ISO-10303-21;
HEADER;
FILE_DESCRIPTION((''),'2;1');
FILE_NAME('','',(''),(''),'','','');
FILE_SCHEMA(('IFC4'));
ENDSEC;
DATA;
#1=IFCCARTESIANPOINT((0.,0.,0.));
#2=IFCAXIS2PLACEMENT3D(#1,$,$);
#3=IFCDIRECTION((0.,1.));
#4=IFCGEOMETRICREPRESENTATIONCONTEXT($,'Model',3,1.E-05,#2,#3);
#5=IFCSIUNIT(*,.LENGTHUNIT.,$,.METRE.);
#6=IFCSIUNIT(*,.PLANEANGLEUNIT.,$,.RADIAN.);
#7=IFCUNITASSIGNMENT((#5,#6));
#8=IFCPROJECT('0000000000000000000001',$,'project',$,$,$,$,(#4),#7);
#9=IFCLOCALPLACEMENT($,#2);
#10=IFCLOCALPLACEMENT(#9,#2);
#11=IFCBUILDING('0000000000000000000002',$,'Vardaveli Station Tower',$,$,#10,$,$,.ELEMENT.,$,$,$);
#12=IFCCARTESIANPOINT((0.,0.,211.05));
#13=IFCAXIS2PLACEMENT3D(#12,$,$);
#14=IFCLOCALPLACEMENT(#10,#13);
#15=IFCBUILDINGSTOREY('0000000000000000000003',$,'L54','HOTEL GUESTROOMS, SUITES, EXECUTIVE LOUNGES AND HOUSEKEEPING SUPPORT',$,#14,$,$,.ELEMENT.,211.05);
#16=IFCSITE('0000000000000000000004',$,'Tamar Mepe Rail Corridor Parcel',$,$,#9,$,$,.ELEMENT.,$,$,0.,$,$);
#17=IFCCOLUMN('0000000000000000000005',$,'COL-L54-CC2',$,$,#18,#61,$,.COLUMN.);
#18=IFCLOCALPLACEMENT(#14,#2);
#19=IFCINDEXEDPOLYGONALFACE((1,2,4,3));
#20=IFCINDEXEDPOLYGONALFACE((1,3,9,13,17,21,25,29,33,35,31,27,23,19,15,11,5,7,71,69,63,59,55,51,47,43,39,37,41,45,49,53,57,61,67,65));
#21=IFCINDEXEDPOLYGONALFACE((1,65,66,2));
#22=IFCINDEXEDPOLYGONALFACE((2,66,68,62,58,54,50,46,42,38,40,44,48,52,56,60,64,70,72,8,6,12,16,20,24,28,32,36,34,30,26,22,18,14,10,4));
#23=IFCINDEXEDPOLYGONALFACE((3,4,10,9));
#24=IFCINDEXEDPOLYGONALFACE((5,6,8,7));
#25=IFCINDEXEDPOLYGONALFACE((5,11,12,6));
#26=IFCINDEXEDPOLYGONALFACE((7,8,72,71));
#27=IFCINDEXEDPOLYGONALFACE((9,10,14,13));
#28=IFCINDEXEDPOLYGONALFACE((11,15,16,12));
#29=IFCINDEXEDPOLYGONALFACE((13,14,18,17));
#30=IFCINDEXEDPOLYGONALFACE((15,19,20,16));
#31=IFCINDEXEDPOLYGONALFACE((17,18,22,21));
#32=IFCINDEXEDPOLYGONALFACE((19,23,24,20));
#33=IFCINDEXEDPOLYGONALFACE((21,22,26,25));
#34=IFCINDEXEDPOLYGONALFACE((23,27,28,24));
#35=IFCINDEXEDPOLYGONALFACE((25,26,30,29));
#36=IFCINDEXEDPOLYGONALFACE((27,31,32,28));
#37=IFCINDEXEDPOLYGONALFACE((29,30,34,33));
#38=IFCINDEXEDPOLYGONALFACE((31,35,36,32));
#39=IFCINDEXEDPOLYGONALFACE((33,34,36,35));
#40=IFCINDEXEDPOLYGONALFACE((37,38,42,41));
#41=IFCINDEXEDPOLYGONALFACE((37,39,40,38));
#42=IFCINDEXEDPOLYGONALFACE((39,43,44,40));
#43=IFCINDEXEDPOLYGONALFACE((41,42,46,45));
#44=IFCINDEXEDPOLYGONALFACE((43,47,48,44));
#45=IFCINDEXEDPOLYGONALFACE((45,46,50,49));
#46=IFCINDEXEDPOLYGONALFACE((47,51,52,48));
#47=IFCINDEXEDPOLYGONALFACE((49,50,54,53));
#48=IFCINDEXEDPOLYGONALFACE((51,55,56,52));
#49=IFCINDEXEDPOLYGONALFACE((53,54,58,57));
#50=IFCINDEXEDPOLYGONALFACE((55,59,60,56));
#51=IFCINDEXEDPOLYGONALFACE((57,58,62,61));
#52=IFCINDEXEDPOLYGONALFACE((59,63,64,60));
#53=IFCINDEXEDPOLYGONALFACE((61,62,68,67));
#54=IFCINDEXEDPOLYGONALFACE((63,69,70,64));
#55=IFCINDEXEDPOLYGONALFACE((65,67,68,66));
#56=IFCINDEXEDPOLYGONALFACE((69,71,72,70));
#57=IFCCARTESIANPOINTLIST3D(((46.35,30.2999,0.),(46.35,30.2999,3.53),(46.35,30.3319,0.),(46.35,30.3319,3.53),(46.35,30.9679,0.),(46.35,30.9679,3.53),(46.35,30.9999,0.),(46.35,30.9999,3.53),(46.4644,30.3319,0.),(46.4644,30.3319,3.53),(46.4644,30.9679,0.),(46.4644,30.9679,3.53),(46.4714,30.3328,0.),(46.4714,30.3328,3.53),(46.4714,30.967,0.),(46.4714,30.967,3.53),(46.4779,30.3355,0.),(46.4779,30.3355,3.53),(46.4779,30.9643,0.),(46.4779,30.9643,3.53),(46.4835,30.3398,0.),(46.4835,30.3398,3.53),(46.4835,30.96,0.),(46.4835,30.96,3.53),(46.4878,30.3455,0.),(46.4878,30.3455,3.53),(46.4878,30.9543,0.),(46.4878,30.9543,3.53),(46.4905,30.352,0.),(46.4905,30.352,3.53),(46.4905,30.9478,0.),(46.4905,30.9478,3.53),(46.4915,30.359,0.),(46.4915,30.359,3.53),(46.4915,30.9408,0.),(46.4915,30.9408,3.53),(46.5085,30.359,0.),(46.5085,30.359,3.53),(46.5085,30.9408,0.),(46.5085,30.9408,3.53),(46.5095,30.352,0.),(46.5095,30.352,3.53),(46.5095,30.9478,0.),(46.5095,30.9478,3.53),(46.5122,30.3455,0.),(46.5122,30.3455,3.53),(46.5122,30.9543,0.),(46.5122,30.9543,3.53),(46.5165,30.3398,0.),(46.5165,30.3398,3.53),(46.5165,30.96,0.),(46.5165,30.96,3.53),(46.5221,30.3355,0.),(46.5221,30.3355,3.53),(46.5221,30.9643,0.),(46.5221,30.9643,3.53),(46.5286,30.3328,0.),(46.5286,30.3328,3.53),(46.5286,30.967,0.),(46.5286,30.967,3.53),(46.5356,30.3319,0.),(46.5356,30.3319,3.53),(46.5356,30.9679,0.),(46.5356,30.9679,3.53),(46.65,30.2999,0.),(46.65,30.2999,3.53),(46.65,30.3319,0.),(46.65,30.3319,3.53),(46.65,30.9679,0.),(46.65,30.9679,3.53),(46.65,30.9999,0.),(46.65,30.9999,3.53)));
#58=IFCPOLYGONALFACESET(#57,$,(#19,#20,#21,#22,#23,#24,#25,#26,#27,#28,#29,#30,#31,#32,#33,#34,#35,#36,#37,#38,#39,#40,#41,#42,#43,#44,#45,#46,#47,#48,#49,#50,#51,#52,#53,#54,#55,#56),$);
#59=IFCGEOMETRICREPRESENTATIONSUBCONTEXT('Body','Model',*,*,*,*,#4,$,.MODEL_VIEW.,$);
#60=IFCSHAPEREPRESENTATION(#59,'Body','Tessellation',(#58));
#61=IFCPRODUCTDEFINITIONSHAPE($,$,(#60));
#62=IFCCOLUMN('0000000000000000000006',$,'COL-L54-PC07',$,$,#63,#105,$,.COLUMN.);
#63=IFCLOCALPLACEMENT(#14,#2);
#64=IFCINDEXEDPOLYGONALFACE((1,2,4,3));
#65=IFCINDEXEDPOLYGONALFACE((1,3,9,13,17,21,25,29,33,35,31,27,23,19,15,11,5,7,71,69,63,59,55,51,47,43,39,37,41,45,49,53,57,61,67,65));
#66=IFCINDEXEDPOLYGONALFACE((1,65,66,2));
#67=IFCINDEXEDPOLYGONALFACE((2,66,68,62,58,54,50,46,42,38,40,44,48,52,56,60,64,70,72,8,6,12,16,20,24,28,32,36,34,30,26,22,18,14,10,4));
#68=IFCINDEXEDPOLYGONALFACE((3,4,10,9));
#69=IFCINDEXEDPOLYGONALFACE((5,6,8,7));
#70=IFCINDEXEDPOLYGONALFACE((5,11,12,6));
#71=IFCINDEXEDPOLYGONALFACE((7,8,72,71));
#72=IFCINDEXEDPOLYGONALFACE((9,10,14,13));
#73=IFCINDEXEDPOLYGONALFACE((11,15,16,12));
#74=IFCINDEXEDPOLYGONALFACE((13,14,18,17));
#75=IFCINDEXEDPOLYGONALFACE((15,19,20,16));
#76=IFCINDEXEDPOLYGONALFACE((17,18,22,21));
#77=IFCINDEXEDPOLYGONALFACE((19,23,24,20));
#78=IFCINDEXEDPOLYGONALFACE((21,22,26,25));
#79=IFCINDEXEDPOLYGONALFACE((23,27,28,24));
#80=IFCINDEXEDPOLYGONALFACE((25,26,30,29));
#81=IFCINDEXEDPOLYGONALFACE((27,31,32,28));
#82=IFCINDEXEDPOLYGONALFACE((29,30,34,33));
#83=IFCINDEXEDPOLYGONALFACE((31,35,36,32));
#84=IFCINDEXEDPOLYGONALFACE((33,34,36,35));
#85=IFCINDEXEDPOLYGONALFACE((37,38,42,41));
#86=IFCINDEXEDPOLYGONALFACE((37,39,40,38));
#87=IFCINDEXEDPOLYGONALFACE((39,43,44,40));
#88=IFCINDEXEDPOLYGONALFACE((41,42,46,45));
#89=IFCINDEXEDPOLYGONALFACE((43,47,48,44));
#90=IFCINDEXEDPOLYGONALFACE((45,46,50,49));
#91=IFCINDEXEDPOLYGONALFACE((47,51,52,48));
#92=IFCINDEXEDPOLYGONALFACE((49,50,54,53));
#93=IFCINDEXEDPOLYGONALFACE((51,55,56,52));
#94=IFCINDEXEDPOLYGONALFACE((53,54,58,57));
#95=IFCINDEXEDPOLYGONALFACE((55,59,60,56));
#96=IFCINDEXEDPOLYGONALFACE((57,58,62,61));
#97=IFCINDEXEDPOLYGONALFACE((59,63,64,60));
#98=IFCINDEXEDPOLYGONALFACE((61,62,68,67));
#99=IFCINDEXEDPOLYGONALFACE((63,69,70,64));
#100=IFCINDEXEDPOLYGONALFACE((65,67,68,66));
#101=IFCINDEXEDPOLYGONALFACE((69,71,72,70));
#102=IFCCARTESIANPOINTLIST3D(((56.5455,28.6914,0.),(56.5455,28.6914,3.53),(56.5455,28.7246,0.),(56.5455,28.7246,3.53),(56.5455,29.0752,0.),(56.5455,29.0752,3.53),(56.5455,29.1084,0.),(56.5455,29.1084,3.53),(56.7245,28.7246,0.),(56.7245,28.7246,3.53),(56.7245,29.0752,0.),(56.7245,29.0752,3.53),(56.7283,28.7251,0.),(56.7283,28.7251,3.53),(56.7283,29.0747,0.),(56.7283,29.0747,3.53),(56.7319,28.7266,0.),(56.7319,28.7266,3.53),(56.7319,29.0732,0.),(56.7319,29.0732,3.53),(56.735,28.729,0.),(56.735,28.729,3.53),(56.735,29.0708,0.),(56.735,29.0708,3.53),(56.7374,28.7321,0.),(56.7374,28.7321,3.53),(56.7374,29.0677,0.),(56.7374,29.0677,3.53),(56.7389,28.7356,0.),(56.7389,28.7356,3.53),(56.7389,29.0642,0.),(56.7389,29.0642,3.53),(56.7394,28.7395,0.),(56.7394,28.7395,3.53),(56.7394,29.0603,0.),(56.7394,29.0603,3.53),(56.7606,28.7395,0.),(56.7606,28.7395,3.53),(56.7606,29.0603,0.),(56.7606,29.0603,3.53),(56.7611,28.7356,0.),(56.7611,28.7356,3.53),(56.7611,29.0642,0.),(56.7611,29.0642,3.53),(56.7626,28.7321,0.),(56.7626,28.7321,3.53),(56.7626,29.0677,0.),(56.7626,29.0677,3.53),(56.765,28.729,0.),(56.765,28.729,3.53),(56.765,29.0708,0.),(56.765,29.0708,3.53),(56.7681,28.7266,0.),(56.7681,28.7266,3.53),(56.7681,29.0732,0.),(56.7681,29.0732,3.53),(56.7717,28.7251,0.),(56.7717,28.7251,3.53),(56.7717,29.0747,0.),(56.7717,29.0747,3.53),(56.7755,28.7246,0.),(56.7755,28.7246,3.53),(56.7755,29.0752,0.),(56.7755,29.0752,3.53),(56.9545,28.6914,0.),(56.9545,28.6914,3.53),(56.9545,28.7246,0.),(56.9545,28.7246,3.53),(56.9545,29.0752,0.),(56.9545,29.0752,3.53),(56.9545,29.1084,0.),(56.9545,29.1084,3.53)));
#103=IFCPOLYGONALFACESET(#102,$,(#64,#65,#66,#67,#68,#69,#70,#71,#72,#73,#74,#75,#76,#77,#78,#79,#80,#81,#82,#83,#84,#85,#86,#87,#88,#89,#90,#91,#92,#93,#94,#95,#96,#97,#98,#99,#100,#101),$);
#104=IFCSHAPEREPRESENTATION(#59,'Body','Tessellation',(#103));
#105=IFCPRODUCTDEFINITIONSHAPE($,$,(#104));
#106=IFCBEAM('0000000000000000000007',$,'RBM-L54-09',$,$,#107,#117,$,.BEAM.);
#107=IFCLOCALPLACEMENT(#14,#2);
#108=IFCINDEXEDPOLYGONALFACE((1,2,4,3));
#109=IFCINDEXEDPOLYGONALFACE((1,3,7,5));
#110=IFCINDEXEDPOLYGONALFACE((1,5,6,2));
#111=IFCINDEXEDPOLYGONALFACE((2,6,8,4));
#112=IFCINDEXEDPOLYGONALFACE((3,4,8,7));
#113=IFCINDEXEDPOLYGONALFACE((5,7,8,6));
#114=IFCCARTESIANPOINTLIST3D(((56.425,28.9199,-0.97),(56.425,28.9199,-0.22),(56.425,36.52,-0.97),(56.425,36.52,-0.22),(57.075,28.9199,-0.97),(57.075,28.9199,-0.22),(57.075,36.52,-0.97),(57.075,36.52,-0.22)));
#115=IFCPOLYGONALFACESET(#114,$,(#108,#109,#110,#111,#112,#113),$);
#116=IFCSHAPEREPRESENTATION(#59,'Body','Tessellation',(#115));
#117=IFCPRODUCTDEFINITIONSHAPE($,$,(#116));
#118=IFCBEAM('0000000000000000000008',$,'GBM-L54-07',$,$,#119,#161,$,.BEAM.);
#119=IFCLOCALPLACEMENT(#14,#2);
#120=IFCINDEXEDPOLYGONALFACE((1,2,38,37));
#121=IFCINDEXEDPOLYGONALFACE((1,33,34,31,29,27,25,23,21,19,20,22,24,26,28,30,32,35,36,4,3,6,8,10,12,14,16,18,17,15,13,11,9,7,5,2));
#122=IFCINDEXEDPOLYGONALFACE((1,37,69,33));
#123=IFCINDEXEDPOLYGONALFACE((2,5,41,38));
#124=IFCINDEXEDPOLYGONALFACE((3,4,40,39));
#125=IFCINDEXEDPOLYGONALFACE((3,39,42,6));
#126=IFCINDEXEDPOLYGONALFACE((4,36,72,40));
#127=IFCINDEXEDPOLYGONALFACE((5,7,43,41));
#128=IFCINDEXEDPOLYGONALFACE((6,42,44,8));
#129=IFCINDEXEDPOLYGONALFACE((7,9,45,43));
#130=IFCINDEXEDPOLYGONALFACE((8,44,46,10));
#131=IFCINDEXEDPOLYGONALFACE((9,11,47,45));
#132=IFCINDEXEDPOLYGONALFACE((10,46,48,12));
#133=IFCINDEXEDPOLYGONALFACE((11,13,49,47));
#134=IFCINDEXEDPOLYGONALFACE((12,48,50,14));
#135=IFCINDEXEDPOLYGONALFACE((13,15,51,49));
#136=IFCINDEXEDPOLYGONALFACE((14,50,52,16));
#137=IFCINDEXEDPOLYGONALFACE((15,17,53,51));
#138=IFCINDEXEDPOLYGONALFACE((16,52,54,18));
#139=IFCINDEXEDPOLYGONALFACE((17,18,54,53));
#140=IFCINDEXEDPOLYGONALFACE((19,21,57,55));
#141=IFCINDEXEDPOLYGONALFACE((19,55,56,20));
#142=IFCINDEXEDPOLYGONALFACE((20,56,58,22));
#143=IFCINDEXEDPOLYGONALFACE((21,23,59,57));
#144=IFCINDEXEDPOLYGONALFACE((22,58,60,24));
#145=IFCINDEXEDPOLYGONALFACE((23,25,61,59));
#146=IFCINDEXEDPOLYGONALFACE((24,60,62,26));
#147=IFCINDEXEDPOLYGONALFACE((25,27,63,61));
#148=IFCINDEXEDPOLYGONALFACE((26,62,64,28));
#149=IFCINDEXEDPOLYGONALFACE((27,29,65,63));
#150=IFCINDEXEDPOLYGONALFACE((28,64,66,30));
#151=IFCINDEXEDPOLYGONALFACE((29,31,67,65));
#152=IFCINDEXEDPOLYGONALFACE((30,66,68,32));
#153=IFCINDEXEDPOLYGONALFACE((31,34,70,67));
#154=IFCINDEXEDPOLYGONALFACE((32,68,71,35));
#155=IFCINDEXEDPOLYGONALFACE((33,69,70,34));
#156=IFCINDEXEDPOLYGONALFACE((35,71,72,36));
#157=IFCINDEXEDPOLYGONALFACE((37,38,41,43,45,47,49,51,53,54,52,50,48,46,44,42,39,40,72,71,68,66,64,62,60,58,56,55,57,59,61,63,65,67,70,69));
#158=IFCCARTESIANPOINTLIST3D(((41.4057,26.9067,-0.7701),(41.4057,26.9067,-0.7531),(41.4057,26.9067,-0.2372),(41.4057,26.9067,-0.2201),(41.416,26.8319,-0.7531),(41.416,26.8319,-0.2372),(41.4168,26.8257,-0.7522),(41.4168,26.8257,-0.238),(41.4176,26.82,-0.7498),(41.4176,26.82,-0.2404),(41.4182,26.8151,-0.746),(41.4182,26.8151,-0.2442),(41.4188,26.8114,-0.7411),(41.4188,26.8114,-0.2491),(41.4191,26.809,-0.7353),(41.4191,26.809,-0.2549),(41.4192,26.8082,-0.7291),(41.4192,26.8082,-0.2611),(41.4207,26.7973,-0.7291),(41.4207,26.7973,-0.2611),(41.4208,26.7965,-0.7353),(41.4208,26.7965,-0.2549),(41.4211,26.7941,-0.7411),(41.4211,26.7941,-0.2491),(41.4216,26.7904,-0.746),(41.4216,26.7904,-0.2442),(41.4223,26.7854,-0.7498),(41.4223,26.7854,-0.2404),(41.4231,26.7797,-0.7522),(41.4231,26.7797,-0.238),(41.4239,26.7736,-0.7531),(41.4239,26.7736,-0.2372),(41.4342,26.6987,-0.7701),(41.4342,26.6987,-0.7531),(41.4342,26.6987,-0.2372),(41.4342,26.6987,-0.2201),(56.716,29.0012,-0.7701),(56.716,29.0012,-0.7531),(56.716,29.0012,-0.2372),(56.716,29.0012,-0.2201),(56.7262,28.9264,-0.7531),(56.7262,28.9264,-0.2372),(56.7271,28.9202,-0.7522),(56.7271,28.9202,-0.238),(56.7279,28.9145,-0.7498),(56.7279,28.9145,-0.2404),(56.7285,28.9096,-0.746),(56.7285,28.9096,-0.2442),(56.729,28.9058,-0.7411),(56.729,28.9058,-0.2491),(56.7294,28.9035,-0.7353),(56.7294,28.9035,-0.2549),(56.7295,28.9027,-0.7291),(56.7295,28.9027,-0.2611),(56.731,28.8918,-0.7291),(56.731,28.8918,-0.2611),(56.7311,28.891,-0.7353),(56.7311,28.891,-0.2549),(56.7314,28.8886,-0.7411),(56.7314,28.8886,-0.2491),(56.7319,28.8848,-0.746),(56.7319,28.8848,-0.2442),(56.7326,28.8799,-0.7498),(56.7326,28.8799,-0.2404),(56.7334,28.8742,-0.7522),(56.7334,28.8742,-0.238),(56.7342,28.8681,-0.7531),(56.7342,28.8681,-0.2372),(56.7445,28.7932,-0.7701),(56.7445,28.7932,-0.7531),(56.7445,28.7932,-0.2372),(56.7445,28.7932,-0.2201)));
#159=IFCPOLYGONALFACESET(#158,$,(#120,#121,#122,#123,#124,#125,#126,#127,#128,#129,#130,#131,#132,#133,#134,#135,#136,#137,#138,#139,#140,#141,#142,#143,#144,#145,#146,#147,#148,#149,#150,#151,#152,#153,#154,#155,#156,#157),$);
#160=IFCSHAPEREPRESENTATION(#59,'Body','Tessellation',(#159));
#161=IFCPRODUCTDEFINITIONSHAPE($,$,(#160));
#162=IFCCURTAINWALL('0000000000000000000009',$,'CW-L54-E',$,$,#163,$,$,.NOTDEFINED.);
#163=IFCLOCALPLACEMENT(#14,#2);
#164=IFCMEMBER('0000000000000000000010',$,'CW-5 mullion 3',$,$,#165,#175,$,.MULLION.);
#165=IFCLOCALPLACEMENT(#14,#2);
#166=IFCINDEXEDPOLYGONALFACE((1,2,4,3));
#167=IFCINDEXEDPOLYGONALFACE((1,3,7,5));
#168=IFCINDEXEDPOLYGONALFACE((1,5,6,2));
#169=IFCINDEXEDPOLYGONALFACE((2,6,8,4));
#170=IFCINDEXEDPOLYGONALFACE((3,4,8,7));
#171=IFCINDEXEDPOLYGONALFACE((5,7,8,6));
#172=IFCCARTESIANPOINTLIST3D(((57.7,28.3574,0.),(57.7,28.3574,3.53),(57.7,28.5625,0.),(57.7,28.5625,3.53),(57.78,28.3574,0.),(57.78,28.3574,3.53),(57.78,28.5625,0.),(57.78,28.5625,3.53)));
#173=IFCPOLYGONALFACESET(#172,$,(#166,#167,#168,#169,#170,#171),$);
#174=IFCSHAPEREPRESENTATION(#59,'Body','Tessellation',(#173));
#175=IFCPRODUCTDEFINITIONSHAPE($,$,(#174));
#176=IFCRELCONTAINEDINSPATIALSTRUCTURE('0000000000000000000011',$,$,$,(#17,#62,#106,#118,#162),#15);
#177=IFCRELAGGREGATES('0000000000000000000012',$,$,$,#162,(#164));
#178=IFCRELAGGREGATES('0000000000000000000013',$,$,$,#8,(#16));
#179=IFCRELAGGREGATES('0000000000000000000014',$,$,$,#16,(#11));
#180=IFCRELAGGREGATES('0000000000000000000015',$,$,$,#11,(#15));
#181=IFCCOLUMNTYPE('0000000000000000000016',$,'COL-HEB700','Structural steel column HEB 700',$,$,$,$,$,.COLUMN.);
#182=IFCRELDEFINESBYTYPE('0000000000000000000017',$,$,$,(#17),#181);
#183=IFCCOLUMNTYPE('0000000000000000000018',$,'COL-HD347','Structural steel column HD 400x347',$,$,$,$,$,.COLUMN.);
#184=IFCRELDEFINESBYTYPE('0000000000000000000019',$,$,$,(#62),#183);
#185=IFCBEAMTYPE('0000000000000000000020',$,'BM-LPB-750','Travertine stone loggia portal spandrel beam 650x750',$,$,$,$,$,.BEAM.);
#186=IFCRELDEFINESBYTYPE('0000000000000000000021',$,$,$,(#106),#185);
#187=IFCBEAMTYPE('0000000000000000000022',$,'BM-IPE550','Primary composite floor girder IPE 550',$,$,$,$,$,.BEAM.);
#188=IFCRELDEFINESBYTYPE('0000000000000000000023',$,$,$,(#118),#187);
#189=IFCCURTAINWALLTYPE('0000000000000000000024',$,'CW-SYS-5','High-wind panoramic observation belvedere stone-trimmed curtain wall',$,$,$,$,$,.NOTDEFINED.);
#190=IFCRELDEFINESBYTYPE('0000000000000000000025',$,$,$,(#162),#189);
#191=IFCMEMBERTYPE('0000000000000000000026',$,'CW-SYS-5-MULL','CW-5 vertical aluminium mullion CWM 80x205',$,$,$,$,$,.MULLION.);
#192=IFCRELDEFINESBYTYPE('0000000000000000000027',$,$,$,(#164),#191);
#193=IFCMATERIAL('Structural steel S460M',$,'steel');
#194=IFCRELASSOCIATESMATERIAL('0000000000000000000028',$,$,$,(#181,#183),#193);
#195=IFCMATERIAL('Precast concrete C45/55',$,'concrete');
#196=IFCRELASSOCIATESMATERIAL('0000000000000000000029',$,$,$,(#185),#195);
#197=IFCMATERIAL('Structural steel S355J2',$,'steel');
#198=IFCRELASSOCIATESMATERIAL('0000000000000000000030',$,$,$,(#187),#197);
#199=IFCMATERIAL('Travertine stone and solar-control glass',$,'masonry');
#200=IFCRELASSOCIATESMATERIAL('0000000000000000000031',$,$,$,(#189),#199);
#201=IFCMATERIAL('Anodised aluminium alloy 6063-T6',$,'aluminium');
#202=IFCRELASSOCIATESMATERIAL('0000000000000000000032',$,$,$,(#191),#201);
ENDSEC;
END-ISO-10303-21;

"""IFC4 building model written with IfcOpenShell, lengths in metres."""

from ifc_helpers import new_model, si_unit, direction, frame, origin, origin_2d, place, context, subcontext, project, spatial, rectangle, i_section, extrude, source, transform, mapped, material, material_profile, profile_set, type_object, element, aggregate, save


model = new_model("IFC4")

# Units and contexts
model_context = context("Model", 3, precision=1e-05, world=origin(), true_north=direction((0.0, 1.0)))
body_context = subcontext(model_context, "Body", "Model", "MODEL_VIEW")
ifc_project = project(units=[si_unit("LENGTHUNIT", "METRE"), si_unit("PLANEANGLEUNIT", "RADIAN")], contexts=[model_context])

# Site, building, storey
site_placement = place(None, origin())
site = spatial("IfcSite", under=ifc_project, at=site_placement, Name="Tamar Mepe Rail Corridor Parcel", CompositionType="ELEMENT", RefElevation=0.0)
building_placement = place(site_placement, origin())
building = spatial("IfcBuilding", under=site, at=building_placement, Name="Vardaveli Station Tower", CompositionType="ELEMENT")
storey_placement = place(building_placement, frame((0.0, 0.0, 211.05)))
storey = spatial("IfcBuildingStorey", under=building, at=storey_placement, Name="L54", Description="HOTEL GUESTROOMS, SUITES, EXECUTIVE LOUNGES AND HOUSEKEEPING SUPPORT", CompositionType="ELEMENT", Elevation=211.05)

# Columns
ifc_material_1 = material(Name="Structural steel S460M", Category="steel")
ifc_material_profile_1 = material_profile(ifc_material_1, i_section(OverallWidth=0.3, OverallDepth=0.7, WebThickness=0.0171, FlangeThickness=0.032, FilletRadius=0.0271, at=origin_2d()), Name="HEB 700")
ifc_profile_set_1 = profile_set([ifc_material_profile_1], Name="Structural steel S460M")
column_type_1 = type_object("IfcColumnType", Name="COL-HEB700", Description="Structural steel column HEB 700", PredefinedType="COLUMN", material=ifc_profile_set_1)
shared_shape_1 = source(origin(), body_context, "Body", "SweptSolid", [
    extrude(i_section(OverallWidth=0.3, OverallDepth=0.7, WebThickness=0.0171, FlangeThickness=0.032, FilletRadius=0.0271, at=origin_2d()), origin(), (0.0, 0.0, 1.0), 3.53),
])
column_1_placement = place(storey_placement, frame((46.5, 30.6499, 0.0), z_axis=(0.0, 0.0, 1.0), x_axis=(1.0, 0.0, 0.0)))
element("IfcColumn", 1, at=column_1_placement, inside=storey, type_object=column_type_1, Name="COL-L54-CC2", PredefinedType="COLUMN", context=body_context, shape_type="MappedRepresentation", body=[
    mapped(shared_shape_1, transform((0.0, 0.0, 0.0), scale=1.0)),
])
ifc_material_profile_2 = material_profile(ifc_material_1, i_section(OverallWidth=0.4089, OverallDepth=0.417, WebThickness=0.0212, FlangeThickness=0.0332, FilletRadius=0.0149, at=origin_2d()), Name="HD 400x347")
ifc_profile_set_2 = profile_set([ifc_material_profile_2], Name="Structural steel S460M")
column_type_2 = type_object("IfcColumnType", Name="COL-HD347", Description="Structural steel column HD 400x347", PredefinedType="COLUMN", material=ifc_profile_set_2)
shared_shape_2 = source(origin(), body_context, "Body", "SweptSolid", [
    extrude(i_section(OverallWidth=0.4089, OverallDepth=0.417, WebThickness=0.0212, FlangeThickness=0.0332, FilletRadius=0.0149, at=origin_2d()), origin(), (0.0, 0.0, 1.0), 3.53),
])
column_2_placement = place(storey_placement, frame((56.75, 28.8999, 0.0), z_axis=(0.0, 0.0, 1.0), x_axis=(1.0, 0.0, 0.0)))
element("IfcColumn", 2, at=column_2_placement, inside=storey, type_object=column_type_2, Name="COL-L54-PC07", PredefinedType="COLUMN", context=body_context, shape_type="MappedRepresentation", body=[
    mapped(shared_shape_2, transform((0.0, 0.0, 0.0), scale=1.0)),
])

# Beams
ifc_material_2 = material(Name="Precast concrete C45/55", Category="concrete")
ifc_material_profile_3 = material_profile(ifc_material_2, rectangle(XDim=0.6499, YDim=0.75, at=origin_2d()), Name="LPB 650x750")
ifc_profile_set_3 = profile_set([ifc_material_profile_3], Name="Precast concrete C45/55")
beam_type_1 = type_object("IfcBeamType", Name="BM-LPB-750", Description="Travertine stone loggia portal spandrel beam 650x750", PredefinedType="BEAM", material=ifc_profile_set_3)
shared_shape_3 = source(origin(), body_context, "Body", "SweptSolid", [
    extrude(rectangle(XDim=0.6499, YDim=0.75, at=origin_2d()), origin(), (0.0, 0.0, 1.0), 7.6001),
])
beam_1_placement = place(storey_placement, frame((56.75, 28.9199, -0.595), z_axis=(0.0, 1.0, 0.0), x_axis=(-1.0, 0.0, 0.0)))
element("IfcBeam", 3, at=beam_1_placement, inside=storey, type_object=beam_type_1, Name="RBM-L54-09", PredefinedType="BEAM", context=body_context, shape_type="MappedRepresentation", body=[
    mapped(shared_shape_3, transform((0.0, 0.0, 0.0), scale=1.0)),
])
ifc_material_3 = material(Name="Structural steel S355J2", Category="steel")
ifc_material_profile_4 = material_profile(ifc_material_3, i_section(OverallWidth=0.21, OverallDepth=0.55, WebThickness=0.011, FlangeThickness=0.0171, FilletRadius=0.0239, at=origin_2d()), Name="IPE 550")
ifc_profile_set_4 = profile_set([ifc_material_profile_4], Name="Structural steel S355J2")
beam_type_2 = type_object("IfcBeamType", Name="BM-IPE550", Description="Primary composite floor girder IPE 550", PredefinedType="BEAM", material=ifc_profile_set_4)
shared_shape_4 = source(origin(), body_context, "Body", "SweptSolid", [
    extrude(i_section(OverallWidth=0.21, OverallDepth=0.55, WebThickness=0.011, FlangeThickness=0.0171, FilletRadius=0.0239, at=origin_2d()), origin(), (0.0, 0.0, 1.0), 15.4529),
])
beam_2_placement = place(storey_placement, frame((56.7302, 28.8972, -0.4951), z_axis=(-0.990772, -0.13554, 0.0), x_axis=(0.13554, -0.990772, 0.0)))
element("IfcBeam", 4, at=beam_2_placement, inside=storey, type_object=beam_type_2, Name="GBM-L54-07", PredefinedType="BEAM", context=body_context, shape_type="MappedRepresentation", body=[
    mapped(shared_shape_4, transform((0.0, 0.0, 0.0), scale=1.0)),
])

# Curtain wall, member
ifc_material_4 = material(Name="Travertine stone and solar-control glass", Category="masonry")
curtain_wall_type = type_object("IfcCurtainWallType", Name="CW-SYS-5", Description="High-wind panoramic observation belvedere stone-trimmed curtain wall", PredefinedType="NOTDEFINED", material=ifc_material_4)
curtain_wall_placement = place(storey_placement, origin())
curtain_wall = element("IfcCurtainWall", 5, at=curtain_wall_placement, inside=storey, type_object=curtain_wall_type, Name="CW-L54-E", PredefinedType="NOTDEFINED")
ifc_material_5 = material(Name="Anodised aluminium alloy 6063-T6", Category="aluminium")
ifc_material_profile_5 = material_profile(ifc_material_5, rectangle(XDim=0.0801, YDim=0.2051, at=origin_2d()), Name="CWM 80x205")
ifc_profile_set_5 = profile_set([ifc_material_profile_5], Name="Anodised aluminium alloy 6063-T6")
member_type = type_object("IfcMemberType", Name="CW-SYS-5-MULL", Description="CW-5 vertical aluminium mullion CWM 80x205", PredefinedType="MULLION", material=ifc_profile_set_5)
shared_shape_5 = source(origin(), body_context, "Body", "SweptSolid", [
    extrude(rectangle(XDim=0.0801, YDim=0.2051, at=origin_2d()), origin(), (0.0, 0.0, 1.0), 3.53),
])
member_placement = place(storey_placement, frame((57.74, 28.46, 0.0), z_axis=(0.0, 0.0, 1.0), x_axis=(-1.0, 0.0, 0.0)))
member = element("IfcMember", 6, at=member_placement, type_object=member_type, Name="CW-5 mullion 3", PredefinedType="MULLION", context=body_context, shape_type="MappedRepresentation", body=[
    mapped(shared_shape_5, transform((0.0, 0.0, 0.0), scale=1.0)),
])
aggregate(curtain_wall, [member])

save(model, "model.ifc")
